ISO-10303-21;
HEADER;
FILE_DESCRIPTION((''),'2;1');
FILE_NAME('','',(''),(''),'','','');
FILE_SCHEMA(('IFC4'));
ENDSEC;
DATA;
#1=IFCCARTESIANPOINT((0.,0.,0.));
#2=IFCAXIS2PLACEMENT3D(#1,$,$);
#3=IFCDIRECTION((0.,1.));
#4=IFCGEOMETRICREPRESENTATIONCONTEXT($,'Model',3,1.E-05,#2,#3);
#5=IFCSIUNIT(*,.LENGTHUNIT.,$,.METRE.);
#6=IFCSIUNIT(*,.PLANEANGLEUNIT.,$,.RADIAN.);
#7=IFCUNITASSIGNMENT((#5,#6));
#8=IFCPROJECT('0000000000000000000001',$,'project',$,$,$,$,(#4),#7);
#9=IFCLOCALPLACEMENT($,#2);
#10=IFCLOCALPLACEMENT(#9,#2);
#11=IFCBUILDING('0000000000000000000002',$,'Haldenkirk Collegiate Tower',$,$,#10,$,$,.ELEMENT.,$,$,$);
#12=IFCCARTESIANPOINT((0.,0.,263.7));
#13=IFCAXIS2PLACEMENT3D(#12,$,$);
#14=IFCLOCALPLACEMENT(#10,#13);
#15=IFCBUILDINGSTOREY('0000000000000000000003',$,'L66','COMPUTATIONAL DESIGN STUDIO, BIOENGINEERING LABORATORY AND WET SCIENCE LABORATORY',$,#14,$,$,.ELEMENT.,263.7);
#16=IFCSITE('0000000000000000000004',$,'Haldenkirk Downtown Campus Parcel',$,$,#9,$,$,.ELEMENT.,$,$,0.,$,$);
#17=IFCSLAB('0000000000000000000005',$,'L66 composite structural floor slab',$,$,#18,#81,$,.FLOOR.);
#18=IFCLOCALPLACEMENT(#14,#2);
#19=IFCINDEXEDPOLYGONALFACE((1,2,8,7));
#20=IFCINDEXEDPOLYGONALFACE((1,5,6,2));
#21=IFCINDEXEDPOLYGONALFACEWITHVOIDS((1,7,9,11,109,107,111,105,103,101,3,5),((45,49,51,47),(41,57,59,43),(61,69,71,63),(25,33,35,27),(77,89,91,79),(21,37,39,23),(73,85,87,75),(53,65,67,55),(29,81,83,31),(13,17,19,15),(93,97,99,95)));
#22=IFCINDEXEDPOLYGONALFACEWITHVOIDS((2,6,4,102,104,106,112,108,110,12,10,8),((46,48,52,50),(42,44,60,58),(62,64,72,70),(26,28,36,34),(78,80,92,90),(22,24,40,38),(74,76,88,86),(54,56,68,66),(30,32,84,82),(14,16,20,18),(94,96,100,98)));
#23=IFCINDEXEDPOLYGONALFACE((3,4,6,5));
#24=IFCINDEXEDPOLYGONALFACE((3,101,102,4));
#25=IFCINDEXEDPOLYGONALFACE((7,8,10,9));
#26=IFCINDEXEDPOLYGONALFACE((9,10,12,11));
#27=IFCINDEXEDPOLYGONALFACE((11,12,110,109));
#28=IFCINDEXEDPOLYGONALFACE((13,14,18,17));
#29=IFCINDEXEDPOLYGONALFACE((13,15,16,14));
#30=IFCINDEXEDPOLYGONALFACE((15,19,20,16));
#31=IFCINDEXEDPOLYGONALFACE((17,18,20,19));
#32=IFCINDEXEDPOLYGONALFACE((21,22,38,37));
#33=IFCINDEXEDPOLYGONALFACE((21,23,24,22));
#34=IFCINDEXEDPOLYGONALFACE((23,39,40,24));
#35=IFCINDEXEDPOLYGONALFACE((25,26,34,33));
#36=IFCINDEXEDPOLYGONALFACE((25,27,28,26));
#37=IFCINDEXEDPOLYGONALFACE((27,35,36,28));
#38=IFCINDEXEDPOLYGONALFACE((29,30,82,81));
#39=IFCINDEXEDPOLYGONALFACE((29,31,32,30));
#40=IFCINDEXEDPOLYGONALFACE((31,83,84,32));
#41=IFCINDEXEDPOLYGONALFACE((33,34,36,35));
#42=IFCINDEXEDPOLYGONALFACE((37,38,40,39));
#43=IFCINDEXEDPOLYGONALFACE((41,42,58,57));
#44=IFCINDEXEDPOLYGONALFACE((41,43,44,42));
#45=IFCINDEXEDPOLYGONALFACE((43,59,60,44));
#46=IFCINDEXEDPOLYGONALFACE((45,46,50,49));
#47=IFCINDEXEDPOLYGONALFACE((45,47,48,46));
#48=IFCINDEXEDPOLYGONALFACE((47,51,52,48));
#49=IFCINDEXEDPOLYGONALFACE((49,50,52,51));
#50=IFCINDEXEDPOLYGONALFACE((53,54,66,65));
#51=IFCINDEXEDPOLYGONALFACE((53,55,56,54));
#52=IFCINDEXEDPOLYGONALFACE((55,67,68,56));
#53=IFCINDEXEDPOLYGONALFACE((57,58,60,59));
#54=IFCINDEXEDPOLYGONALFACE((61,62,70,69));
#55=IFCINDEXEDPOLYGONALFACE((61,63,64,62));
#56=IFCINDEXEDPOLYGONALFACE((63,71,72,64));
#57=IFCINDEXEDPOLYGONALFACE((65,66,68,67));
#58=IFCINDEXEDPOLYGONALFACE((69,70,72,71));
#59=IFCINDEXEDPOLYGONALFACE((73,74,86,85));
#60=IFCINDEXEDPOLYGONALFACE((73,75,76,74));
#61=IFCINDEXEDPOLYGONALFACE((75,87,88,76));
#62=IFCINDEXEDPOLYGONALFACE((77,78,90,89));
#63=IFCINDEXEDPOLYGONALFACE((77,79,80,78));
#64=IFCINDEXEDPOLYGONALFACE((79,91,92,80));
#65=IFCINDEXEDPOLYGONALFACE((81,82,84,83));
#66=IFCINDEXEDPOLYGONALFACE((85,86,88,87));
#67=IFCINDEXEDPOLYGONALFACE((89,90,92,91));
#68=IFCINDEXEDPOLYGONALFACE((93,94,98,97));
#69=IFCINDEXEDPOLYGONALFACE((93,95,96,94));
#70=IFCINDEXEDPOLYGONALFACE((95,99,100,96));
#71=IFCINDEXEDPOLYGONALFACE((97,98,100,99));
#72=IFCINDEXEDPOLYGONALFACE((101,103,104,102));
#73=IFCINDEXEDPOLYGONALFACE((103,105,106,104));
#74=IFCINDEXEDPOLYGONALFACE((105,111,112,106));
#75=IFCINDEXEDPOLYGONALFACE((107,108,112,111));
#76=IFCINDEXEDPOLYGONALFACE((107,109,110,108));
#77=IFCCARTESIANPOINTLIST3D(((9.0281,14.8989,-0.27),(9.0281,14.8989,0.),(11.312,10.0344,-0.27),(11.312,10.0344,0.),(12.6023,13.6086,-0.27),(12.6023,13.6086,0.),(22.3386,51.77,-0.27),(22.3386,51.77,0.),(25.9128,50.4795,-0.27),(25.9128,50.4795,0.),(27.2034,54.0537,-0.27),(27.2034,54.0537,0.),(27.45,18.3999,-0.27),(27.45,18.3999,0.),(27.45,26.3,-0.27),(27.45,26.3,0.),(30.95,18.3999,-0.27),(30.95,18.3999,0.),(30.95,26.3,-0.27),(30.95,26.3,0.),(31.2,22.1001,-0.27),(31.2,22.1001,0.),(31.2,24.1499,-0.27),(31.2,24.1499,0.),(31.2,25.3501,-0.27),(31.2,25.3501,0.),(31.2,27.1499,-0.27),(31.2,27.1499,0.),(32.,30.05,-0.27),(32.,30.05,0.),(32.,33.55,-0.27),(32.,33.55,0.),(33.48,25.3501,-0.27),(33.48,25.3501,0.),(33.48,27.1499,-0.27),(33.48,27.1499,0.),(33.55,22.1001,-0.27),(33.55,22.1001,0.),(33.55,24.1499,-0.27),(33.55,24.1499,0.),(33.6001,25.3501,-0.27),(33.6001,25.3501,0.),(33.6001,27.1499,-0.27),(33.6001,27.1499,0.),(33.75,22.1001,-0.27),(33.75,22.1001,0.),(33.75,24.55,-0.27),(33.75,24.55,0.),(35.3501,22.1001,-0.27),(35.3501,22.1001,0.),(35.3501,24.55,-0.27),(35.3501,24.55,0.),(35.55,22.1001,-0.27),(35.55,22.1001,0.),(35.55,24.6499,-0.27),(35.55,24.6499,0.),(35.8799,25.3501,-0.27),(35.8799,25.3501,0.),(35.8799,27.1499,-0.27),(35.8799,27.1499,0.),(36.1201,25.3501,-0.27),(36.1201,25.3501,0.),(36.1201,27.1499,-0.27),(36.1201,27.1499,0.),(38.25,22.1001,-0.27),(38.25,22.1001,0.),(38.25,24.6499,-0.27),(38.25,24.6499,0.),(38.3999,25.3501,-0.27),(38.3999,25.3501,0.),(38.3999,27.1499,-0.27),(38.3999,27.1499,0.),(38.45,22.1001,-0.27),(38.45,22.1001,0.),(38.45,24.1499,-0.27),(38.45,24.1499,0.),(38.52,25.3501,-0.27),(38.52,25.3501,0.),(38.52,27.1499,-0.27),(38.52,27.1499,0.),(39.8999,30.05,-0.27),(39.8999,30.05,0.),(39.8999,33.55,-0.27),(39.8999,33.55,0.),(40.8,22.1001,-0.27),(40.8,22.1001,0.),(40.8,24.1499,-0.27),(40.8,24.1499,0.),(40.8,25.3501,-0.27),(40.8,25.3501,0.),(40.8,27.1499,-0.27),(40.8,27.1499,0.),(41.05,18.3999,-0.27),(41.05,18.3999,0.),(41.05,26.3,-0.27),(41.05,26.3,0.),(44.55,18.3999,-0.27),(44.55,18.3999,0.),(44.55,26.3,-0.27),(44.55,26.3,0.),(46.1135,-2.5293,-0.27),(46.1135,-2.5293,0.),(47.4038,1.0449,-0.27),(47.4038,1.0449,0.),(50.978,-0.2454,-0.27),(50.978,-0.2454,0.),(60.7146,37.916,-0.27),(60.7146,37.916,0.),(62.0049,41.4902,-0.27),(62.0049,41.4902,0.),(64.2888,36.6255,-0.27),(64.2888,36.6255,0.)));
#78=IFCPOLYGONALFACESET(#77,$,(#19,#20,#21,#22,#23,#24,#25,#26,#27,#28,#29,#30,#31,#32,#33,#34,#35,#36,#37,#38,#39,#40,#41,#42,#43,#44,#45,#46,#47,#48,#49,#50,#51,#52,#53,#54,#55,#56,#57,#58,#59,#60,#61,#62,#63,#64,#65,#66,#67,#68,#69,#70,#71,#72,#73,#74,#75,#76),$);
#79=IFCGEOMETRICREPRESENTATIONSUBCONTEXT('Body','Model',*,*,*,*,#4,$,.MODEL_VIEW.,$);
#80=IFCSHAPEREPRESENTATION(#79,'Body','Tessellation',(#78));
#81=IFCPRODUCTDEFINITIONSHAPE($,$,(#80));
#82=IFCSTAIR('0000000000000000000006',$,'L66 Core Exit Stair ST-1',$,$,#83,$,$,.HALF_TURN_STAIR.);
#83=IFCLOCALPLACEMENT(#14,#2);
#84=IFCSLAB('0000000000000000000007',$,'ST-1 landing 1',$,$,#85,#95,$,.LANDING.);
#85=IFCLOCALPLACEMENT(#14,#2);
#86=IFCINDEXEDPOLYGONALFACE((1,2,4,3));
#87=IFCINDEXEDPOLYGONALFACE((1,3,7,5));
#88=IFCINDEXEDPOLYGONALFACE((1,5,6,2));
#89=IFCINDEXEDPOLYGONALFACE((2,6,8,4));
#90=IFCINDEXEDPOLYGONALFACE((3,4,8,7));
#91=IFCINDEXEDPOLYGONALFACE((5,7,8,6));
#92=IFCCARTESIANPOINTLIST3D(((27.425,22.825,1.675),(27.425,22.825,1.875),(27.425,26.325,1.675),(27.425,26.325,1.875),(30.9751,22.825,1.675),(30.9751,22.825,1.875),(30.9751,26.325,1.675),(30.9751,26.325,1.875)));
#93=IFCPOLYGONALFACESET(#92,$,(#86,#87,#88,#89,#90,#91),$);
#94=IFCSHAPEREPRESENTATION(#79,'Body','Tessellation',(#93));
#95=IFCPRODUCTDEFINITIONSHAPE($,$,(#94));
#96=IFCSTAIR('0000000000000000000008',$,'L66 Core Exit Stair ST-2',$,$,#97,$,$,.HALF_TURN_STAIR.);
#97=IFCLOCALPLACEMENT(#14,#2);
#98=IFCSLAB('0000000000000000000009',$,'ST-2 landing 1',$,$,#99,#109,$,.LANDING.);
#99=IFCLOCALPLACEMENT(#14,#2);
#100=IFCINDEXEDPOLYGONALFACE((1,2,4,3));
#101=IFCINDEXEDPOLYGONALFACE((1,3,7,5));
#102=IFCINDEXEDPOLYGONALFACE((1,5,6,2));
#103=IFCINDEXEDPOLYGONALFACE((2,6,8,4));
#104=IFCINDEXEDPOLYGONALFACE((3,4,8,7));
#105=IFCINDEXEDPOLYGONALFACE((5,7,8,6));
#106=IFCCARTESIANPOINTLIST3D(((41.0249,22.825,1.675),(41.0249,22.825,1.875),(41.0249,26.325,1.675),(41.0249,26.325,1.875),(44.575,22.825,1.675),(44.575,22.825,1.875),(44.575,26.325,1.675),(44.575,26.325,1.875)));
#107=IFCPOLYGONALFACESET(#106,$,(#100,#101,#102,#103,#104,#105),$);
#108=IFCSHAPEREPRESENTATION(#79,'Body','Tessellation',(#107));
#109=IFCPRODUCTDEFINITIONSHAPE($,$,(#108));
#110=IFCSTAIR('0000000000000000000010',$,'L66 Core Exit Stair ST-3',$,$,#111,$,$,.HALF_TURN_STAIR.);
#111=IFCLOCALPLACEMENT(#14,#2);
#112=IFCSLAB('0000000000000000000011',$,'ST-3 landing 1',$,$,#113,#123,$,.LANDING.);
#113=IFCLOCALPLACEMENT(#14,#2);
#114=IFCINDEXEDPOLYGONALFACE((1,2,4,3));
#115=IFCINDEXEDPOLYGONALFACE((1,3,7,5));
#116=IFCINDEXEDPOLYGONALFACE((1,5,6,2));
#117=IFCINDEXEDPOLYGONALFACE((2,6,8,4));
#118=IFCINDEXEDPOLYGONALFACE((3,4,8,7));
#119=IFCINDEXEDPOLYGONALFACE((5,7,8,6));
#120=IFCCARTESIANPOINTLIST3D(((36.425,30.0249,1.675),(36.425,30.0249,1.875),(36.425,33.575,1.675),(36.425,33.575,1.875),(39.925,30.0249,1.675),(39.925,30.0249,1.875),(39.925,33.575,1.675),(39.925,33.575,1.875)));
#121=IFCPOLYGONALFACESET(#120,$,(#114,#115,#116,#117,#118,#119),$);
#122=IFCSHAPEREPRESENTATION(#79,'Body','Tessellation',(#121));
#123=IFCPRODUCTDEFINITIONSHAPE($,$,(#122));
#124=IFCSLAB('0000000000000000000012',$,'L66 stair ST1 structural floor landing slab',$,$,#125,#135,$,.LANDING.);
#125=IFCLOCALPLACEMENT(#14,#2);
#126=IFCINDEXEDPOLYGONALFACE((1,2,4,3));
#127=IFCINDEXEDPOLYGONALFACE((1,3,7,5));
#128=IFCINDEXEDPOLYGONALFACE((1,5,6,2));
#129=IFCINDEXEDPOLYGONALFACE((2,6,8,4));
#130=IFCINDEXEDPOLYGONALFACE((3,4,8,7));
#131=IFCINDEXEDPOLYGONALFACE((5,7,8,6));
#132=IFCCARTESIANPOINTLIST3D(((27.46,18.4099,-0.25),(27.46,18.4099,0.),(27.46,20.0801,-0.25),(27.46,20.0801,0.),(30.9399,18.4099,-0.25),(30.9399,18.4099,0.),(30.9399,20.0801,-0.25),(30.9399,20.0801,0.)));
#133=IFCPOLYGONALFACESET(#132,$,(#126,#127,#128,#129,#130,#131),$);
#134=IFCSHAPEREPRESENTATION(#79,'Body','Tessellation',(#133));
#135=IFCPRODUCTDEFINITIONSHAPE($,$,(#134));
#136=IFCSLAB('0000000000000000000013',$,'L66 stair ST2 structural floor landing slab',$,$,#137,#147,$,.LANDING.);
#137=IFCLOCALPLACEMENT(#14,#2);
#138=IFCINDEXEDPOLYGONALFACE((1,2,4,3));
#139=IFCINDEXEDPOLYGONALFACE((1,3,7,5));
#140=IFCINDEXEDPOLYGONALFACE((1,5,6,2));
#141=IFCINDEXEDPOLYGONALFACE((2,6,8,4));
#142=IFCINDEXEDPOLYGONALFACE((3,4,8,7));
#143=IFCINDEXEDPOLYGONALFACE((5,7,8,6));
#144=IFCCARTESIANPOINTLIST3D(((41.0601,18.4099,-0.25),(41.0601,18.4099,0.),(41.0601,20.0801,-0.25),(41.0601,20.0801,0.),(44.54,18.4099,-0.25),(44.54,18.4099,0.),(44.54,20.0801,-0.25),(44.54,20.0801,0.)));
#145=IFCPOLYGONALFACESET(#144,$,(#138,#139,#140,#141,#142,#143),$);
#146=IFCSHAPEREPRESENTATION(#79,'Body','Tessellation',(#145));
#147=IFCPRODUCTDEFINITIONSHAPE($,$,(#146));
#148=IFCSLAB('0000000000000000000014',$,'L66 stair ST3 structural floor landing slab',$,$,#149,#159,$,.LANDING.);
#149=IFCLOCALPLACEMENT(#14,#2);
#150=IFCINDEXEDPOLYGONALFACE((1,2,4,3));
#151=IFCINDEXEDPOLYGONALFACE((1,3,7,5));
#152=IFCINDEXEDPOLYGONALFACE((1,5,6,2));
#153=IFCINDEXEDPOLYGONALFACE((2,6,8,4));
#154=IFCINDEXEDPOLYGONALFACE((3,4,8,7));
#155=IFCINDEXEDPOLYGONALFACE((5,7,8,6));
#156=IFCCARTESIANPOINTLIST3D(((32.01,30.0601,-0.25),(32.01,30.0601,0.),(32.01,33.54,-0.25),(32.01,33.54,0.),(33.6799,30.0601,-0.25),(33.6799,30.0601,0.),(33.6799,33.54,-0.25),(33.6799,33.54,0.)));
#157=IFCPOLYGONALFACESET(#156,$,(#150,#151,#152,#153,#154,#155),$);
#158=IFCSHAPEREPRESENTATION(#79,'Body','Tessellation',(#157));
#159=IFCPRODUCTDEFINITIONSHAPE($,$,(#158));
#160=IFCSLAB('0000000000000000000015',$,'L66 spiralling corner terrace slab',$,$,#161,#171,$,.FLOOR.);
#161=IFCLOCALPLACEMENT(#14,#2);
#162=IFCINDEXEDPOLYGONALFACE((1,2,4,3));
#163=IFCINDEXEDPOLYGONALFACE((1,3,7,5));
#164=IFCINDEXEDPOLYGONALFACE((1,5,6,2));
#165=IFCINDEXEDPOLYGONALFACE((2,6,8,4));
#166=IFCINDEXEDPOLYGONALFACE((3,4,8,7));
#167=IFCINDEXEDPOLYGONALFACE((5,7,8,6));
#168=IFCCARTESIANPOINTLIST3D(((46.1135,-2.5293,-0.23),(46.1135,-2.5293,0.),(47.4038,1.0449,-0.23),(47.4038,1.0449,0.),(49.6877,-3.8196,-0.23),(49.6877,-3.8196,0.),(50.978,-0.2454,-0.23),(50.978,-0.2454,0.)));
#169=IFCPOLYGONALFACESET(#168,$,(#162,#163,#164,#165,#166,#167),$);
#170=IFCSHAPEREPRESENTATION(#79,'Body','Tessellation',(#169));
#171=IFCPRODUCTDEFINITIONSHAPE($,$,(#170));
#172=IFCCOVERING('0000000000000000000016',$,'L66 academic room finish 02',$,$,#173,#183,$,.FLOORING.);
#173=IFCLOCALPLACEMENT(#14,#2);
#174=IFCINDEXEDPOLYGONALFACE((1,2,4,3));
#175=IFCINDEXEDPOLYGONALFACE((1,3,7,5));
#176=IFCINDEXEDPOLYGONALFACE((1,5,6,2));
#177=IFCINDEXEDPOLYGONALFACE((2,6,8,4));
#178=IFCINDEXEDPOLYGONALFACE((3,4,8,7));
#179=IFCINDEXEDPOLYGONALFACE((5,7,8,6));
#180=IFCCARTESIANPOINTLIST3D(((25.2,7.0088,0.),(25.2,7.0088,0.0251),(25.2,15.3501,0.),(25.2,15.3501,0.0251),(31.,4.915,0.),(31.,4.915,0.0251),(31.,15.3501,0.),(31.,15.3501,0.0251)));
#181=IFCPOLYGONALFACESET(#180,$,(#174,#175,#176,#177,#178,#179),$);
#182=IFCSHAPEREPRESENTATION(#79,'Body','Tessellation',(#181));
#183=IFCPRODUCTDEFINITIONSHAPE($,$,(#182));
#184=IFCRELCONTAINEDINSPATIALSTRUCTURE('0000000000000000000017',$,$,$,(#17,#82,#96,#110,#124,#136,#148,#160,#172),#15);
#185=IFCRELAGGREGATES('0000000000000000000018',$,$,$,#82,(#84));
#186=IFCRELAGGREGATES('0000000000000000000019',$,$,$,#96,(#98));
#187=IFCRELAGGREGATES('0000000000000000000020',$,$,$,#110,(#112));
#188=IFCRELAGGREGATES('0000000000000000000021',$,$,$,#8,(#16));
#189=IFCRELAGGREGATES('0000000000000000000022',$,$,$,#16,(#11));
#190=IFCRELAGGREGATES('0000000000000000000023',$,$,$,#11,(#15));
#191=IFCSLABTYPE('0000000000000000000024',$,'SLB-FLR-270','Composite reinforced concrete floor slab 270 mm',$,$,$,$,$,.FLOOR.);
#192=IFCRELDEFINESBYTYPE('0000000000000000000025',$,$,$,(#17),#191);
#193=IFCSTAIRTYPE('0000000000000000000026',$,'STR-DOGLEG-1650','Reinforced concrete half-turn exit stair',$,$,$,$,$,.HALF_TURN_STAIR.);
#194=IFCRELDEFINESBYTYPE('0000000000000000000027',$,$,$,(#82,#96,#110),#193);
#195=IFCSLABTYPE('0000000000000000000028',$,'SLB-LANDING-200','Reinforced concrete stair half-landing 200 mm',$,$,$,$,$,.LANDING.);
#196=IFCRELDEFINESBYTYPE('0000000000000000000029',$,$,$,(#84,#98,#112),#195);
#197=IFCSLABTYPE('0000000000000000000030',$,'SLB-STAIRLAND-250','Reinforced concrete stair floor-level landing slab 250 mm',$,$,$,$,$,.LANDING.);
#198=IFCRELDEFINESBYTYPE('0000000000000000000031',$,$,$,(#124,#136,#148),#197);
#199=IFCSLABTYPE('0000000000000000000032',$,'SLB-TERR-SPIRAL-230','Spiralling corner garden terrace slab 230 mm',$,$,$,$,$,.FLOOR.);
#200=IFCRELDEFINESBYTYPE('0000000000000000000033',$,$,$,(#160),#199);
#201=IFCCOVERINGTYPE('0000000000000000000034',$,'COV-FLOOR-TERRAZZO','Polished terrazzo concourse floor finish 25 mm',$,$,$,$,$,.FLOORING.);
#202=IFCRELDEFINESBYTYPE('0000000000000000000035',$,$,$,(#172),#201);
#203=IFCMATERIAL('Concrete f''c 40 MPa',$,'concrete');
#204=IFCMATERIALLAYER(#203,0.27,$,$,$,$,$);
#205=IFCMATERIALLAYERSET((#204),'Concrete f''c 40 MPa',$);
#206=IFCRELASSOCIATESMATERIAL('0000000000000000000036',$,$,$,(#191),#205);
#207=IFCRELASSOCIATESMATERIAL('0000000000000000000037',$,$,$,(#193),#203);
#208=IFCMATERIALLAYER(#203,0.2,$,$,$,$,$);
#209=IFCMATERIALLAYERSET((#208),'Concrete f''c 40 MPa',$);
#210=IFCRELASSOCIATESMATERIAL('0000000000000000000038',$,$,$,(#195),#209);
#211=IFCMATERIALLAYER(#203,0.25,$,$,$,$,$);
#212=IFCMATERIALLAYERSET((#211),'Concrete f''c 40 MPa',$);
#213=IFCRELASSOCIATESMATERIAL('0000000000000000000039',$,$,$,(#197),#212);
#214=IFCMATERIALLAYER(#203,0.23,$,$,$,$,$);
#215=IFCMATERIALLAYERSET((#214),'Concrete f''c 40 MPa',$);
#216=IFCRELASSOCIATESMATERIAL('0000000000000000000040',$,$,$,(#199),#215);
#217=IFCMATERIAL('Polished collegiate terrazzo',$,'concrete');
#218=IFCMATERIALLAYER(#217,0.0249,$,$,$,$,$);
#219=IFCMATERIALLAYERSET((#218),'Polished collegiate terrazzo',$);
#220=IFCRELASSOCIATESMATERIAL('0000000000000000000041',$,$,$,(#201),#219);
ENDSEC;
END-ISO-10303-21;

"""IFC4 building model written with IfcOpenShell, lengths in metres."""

from ifc_helpers import new_model, si_unit, direction, frame, origin, place, context, subcontext, project, spatial, polyline, outline, extrude, material, layer, layer_set, type_object, element, aggregate, save


model = new_model("IFC4")

# Units and contexts
model_context = context("Model", 3, precision=1e-05, world=origin(), true_north=direction((0.0, 1.0)))
body_context = subcontext(model_context, "Body", "Model", "MODEL_VIEW")
ifc_project = project(units=[si_unit("LENGTHUNIT", "METRE"), si_unit("PLANEANGLEUNIT", "RADIAN")], contexts=[model_context])

# Site, building, storey
site_placement = place(None, origin())
site = spatial("IfcSite", under=ifc_project, at=site_placement, Name="Haldenkirk Downtown Campus Parcel", CompositionType="ELEMENT", RefElevation=0.0)
building_placement = place(site_placement, origin())
building = spatial("IfcBuilding", under=site, at=building_placement, Name="Haldenkirk Collegiate Tower", CompositionType="ELEMENT")
storey_placement = place(building_placement, frame((0.0, 0.0, 263.7)))
storey = spatial("IfcBuildingStorey", under=building, at=storey_placement, Name="L66", Description="COMPUTATIONAL DESIGN STUDIO, BIOENGINEERING LABORATORY AND WET SCIENCE LABORATORY", CompositionType="ELEMENT", Elevation=263.7)

# Slab
ifc_material_1 = material(Name="Concrete f'c 40 MPa", Category="concrete")
ifc_layer_1 = layer(ifc_material_1, 0.27)
ifc_layer_set_1 = layer_set([ifc_layer_1], Name="Concrete f'c 40 MPa")
slab_type_1 = type_object("IfcSlabType", Name="SLB-FLR-270", Description="Composite reinforced concrete floor slab 270 mm", PredefinedType="FLOOR", material=ifc_layer_set_1)
slab_1_placement = place(storey_placement, frame((0.0, 0.0, -0.27)))
element("IfcSlab", 1, at=slab_1_placement, inside=storey, type_object=slab_type_1, Name="L66 composite structural floor slab", PredefinedType="FLOOR", context=body_context, shape_type="SweptSolid", body=[
    extrude(outline(polyline([(50.978, -0.2454), (64.2888, 36.6255), (60.7146, 37.916), (62.0049, 41.4902), (27.2034, 54.0537), (25.9128, 50.4795), (22.3386, 51.77), (9.0281, 14.8989), (12.6023, 13.6086), (11.312, 10.0344), (46.1135, -2.5293), (47.4038, 1.0449), (50.978, -0.2454)]), holes=[polyline([(27.45, 18.3999), (30.95, 18.3999), (30.95, 26.3), (27.45, 26.3), (27.45, 18.3999)]), polyline([(41.05, 18.3999), (44.55, 18.3999), (44.55, 26.3), (41.05, 26.3), (41.05, 18.3999)]), polyline([(32.0, 30.05), (39.8999, 30.05), (39.8999, 33.55), (32.0, 33.55), (32.0, 30.05)]), polyline([(33.75, 22.1001), (35.3501, 22.1001), (35.3501, 24.55), (33.75, 24.55), (33.75, 22.1001)]), polyline([(31.2, 25.3501), (33.48, 25.3501), (33.48, 27.1499), (31.2, 27.1499), (31.2, 25.3501)]), polyline([(33.6001, 25.3501), (35.8799, 25.3501), (35.8799, 27.1499), (33.6001, 27.1499), (33.6001, 25.3501)]), polyline([(36.1201, 25.3501), (38.3999, 25.3501), (38.3999, 27.1499), (36.1201, 27.1499), (36.1201, 25.3501)]), polyline([(38.52, 25.3501), (40.8, 25.3501), (40.8, 27.1499), (38.52, 27.1499), (38.52, 25.3501)]), polyline([(31.2, 22.1001), (33.55, 22.1001), (33.55, 24.1499), (31.2, 24.1499), (31.2, 22.1001)]), polyline([(38.45, 22.1001), (40.8, 22.1001), (40.8, 24.1499), (38.45, 24.1499), (38.45, 22.1001)]), polyline([(35.55, 22.1001), (38.25, 22.1001), (38.25, 24.6499), (35.55, 24.6499), (35.55, 22.1001)])]), origin(), (0.0, 0.0, 1.0), 0.27),
])

# Stairs, slabs
stair_type = type_object("IfcStairType", Name="STR-DOGLEG-1650", Description="Reinforced concrete half-turn exit stair", PredefinedType="HALF_TURN_STAIR", material=ifc_material_1)
stair_1_placement = place(storey_placement, origin())
stair_1 = element("IfcStair", 2, at=stair_1_placement, inside=storey, type_object=stair_type, Name="L66 Core Exit Stair ST-1", PredefinedType="HALF_TURN_STAIR")
ifc_layer_2 = layer(ifc_material_1, 0.2)
ifc_layer_set_2 = layer_set([ifc_layer_2], Name="Concrete f'c 40 MPa")
slab_type_2 = type_object("IfcSlabType", Name="SLB-LANDING-200", Description="Reinforced concrete stair half-landing 200 mm", PredefinedType="LANDING", material=ifc_layer_set_2)
slab_2_placement = place(storey_placement, frame((0.0, 0.0, 1.675)))
slab_2 = element("IfcSlab", 3, at=slab_2_placement, type_object=slab_type_2, Name="ST-1 landing 1", PredefinedType="LANDING", context=body_context, shape_type="SweptSolid", body=[
    extrude(outline(polyline([(30.9751, 22.825), (27.425, 22.825), (27.425, 26.325), (30.9751, 26.325), (30.9751, 22.825)])), origin(), (0.0, 0.0, 1.0), 0.2),
])
aggregate(stair_1, [slab_2])
stair_2_placement = place(storey_placement, origin())
stair_2 = element("IfcStair", 4, at=stair_2_placement, inside=storey, type_object=stair_type, Name="L66 Core Exit Stair ST-2", PredefinedType="HALF_TURN_STAIR")
slab_3_placement = place(storey_placement, frame((0.0, 0.0, 1.675)))
slab_3 = element("IfcSlab", 5, at=slab_3_placement, type_object=slab_type_2, Name="ST-2 landing 1", PredefinedType="LANDING", context=body_context, shape_type="SweptSolid", body=[
    extrude(outline(polyline([(44.575, 22.825), (41.0249, 22.825), (41.0249, 26.325), (44.575, 26.325), (44.575, 22.825)])), origin(), (0.0, 0.0, 1.0), 0.2),
])
aggregate(stair_2, [slab_3])
stair_3_placement = place(storey_placement, origin())
stair_3 = element("IfcStair", 6, at=stair_3_placement, inside=storey, type_object=stair_type, Name="L66 Core Exit Stair ST-3", PredefinedType="HALF_TURN_STAIR")
slab_4_placement = place(storey_placement, frame((0.0, 0.0, 1.675)))
slab_4 = element("IfcSlab", 7, at=slab_4_placement, type_object=slab_type_2, Name="ST-3 landing 1", PredefinedType="LANDING", context=body_context, shape_type="SweptSolid", body=[
    extrude(outline(polyline([(36.425, 30.0249), (36.425, 33.575), (39.925, 33.575), (39.925, 30.0249), (36.425, 30.0249)])), origin(), (0.0, 0.0, 1.0), 0.2),
])
aggregate(stair_3, [slab_4])

# Slabs
ifc_layer_3 = layer(ifc_material_1, 0.25)
ifc_layer_set_3 = layer_set([ifc_layer_3], Name="Concrete f'c 40 MPa")
slab_type_3 = type_object("IfcSlabType", Name="SLB-STAIRLAND-250", Description="Reinforced concrete stair floor-level landing slab 250 mm", PredefinedType="LANDING", material=ifc_layer_set_3)
slab_5_placement = place(storey_placement, frame((0.0, 0.0, -0.25)))
element("IfcSlab", 8, at=slab_5_placement, inside=storey, type_object=slab_type_3, Name="L66 stair ST1 structural floor landing slab", PredefinedType="LANDING", context=body_context, shape_type="SweptSolid", body=[
    extrude(outline(polyline([(27.46, 18.4099), (30.9399, 18.4099), (30.9399, 20.0801), (27.46, 20.0801), (27.46, 18.4099)])), origin(), (0.0, 0.0, 1.0), 0.25),
])
slab_6_placement = place(storey_placement, frame((0.0, 0.0, -0.25)))
element("IfcSlab", 9, at=slab_6_placement, inside=storey, type_object=slab_type_3, Name="L66 stair ST2 structural floor landing slab", PredefinedType="LANDING", context=body_context, shape_type="SweptSolid", body=[
    extrude(outline(polyline([(41.0601, 18.4099), (44.54, 18.4099), (44.54, 20.0801), (41.0601, 20.0801), (41.0601, 18.4099)])), origin(), (0.0, 0.0, 1.0), 0.25),
])
slab_7_placement = place(storey_placement, frame((0.0, 0.0, -0.25)))
element("IfcSlab", 10, at=slab_7_placement, inside=storey, type_object=slab_type_3, Name="L66 stair ST3 structural floor landing slab", PredefinedType="LANDING", context=body_context, shape_type="SweptSolid", body=[
    extrude(outline(polyline([(32.01, 30.0601), (33.6799, 30.0601), (33.6799, 33.54), (32.01, 33.54), (32.01, 30.0601)])), origin(), (0.0, 0.0, 1.0), 0.25),
])
ifc_layer_4 = layer(ifc_material_1, 0.23)
ifc_layer_set_4 = layer_set([ifc_layer_4], Name="Concrete f'c 40 MPa")
slab_type_4 = type_object("IfcSlabType", Name="SLB-TERR-SPIRAL-230", Description="Spiralling corner garden terrace slab 230 mm", PredefinedType="FLOOR", material=ifc_layer_set_4)
slab_8_placement = place(storey_placement, frame((0.0, 0.0, -0.23)))
element("IfcSlab", 11, at=slab_8_placement, inside=storey, type_object=slab_type_4, Name="L66 spiralling corner terrace slab", PredefinedType="FLOOR", context=body_context, shape_type="SweptSolid", body=[
    extrude(outline(polyline([(49.6877, -3.8196), (50.978, -0.2454), (47.4038, 1.0449), (46.1135, -2.5293), (49.6877, -3.8196)])), origin(), (0.0, 0.0, 1.0), 0.23),
])

# Covering
ifc_material_2 = material(Name="Polished collegiate terrazzo", Category="concrete")
ifc_layer_5 = layer(ifc_material_2, 0.0249)
ifc_layer_set_5 = layer_set([ifc_layer_5], Name="Polished collegiate terrazzo")
covering_type_1 = type_object("IfcCoveringType", Name="COV-FLOOR-TERRAZZO", Description="Polished terrazzo concourse floor finish 25 mm", PredefinedType="FLOORING", material=ifc_layer_set_5)
covering_1_placement = place(storey_placement, origin())
element("IfcCovering", 12, at=covering_1_placement, inside=storey, type_object=covering_type_1, Name="L66 academic room finish 02", PredefinedType="FLOORING", context=body_context, shape_type="SweptSolid", body=[
    extrude(outline(polyline([(25.2, 7.0088), (25.2, 15.3501), (31.0, 15.3501), (31.0, 4.915), (25.2, 7.0088)])), origin(), (0.0, 0.0, 1.0), 0.0251),
])

save(model, "model.ifc")
